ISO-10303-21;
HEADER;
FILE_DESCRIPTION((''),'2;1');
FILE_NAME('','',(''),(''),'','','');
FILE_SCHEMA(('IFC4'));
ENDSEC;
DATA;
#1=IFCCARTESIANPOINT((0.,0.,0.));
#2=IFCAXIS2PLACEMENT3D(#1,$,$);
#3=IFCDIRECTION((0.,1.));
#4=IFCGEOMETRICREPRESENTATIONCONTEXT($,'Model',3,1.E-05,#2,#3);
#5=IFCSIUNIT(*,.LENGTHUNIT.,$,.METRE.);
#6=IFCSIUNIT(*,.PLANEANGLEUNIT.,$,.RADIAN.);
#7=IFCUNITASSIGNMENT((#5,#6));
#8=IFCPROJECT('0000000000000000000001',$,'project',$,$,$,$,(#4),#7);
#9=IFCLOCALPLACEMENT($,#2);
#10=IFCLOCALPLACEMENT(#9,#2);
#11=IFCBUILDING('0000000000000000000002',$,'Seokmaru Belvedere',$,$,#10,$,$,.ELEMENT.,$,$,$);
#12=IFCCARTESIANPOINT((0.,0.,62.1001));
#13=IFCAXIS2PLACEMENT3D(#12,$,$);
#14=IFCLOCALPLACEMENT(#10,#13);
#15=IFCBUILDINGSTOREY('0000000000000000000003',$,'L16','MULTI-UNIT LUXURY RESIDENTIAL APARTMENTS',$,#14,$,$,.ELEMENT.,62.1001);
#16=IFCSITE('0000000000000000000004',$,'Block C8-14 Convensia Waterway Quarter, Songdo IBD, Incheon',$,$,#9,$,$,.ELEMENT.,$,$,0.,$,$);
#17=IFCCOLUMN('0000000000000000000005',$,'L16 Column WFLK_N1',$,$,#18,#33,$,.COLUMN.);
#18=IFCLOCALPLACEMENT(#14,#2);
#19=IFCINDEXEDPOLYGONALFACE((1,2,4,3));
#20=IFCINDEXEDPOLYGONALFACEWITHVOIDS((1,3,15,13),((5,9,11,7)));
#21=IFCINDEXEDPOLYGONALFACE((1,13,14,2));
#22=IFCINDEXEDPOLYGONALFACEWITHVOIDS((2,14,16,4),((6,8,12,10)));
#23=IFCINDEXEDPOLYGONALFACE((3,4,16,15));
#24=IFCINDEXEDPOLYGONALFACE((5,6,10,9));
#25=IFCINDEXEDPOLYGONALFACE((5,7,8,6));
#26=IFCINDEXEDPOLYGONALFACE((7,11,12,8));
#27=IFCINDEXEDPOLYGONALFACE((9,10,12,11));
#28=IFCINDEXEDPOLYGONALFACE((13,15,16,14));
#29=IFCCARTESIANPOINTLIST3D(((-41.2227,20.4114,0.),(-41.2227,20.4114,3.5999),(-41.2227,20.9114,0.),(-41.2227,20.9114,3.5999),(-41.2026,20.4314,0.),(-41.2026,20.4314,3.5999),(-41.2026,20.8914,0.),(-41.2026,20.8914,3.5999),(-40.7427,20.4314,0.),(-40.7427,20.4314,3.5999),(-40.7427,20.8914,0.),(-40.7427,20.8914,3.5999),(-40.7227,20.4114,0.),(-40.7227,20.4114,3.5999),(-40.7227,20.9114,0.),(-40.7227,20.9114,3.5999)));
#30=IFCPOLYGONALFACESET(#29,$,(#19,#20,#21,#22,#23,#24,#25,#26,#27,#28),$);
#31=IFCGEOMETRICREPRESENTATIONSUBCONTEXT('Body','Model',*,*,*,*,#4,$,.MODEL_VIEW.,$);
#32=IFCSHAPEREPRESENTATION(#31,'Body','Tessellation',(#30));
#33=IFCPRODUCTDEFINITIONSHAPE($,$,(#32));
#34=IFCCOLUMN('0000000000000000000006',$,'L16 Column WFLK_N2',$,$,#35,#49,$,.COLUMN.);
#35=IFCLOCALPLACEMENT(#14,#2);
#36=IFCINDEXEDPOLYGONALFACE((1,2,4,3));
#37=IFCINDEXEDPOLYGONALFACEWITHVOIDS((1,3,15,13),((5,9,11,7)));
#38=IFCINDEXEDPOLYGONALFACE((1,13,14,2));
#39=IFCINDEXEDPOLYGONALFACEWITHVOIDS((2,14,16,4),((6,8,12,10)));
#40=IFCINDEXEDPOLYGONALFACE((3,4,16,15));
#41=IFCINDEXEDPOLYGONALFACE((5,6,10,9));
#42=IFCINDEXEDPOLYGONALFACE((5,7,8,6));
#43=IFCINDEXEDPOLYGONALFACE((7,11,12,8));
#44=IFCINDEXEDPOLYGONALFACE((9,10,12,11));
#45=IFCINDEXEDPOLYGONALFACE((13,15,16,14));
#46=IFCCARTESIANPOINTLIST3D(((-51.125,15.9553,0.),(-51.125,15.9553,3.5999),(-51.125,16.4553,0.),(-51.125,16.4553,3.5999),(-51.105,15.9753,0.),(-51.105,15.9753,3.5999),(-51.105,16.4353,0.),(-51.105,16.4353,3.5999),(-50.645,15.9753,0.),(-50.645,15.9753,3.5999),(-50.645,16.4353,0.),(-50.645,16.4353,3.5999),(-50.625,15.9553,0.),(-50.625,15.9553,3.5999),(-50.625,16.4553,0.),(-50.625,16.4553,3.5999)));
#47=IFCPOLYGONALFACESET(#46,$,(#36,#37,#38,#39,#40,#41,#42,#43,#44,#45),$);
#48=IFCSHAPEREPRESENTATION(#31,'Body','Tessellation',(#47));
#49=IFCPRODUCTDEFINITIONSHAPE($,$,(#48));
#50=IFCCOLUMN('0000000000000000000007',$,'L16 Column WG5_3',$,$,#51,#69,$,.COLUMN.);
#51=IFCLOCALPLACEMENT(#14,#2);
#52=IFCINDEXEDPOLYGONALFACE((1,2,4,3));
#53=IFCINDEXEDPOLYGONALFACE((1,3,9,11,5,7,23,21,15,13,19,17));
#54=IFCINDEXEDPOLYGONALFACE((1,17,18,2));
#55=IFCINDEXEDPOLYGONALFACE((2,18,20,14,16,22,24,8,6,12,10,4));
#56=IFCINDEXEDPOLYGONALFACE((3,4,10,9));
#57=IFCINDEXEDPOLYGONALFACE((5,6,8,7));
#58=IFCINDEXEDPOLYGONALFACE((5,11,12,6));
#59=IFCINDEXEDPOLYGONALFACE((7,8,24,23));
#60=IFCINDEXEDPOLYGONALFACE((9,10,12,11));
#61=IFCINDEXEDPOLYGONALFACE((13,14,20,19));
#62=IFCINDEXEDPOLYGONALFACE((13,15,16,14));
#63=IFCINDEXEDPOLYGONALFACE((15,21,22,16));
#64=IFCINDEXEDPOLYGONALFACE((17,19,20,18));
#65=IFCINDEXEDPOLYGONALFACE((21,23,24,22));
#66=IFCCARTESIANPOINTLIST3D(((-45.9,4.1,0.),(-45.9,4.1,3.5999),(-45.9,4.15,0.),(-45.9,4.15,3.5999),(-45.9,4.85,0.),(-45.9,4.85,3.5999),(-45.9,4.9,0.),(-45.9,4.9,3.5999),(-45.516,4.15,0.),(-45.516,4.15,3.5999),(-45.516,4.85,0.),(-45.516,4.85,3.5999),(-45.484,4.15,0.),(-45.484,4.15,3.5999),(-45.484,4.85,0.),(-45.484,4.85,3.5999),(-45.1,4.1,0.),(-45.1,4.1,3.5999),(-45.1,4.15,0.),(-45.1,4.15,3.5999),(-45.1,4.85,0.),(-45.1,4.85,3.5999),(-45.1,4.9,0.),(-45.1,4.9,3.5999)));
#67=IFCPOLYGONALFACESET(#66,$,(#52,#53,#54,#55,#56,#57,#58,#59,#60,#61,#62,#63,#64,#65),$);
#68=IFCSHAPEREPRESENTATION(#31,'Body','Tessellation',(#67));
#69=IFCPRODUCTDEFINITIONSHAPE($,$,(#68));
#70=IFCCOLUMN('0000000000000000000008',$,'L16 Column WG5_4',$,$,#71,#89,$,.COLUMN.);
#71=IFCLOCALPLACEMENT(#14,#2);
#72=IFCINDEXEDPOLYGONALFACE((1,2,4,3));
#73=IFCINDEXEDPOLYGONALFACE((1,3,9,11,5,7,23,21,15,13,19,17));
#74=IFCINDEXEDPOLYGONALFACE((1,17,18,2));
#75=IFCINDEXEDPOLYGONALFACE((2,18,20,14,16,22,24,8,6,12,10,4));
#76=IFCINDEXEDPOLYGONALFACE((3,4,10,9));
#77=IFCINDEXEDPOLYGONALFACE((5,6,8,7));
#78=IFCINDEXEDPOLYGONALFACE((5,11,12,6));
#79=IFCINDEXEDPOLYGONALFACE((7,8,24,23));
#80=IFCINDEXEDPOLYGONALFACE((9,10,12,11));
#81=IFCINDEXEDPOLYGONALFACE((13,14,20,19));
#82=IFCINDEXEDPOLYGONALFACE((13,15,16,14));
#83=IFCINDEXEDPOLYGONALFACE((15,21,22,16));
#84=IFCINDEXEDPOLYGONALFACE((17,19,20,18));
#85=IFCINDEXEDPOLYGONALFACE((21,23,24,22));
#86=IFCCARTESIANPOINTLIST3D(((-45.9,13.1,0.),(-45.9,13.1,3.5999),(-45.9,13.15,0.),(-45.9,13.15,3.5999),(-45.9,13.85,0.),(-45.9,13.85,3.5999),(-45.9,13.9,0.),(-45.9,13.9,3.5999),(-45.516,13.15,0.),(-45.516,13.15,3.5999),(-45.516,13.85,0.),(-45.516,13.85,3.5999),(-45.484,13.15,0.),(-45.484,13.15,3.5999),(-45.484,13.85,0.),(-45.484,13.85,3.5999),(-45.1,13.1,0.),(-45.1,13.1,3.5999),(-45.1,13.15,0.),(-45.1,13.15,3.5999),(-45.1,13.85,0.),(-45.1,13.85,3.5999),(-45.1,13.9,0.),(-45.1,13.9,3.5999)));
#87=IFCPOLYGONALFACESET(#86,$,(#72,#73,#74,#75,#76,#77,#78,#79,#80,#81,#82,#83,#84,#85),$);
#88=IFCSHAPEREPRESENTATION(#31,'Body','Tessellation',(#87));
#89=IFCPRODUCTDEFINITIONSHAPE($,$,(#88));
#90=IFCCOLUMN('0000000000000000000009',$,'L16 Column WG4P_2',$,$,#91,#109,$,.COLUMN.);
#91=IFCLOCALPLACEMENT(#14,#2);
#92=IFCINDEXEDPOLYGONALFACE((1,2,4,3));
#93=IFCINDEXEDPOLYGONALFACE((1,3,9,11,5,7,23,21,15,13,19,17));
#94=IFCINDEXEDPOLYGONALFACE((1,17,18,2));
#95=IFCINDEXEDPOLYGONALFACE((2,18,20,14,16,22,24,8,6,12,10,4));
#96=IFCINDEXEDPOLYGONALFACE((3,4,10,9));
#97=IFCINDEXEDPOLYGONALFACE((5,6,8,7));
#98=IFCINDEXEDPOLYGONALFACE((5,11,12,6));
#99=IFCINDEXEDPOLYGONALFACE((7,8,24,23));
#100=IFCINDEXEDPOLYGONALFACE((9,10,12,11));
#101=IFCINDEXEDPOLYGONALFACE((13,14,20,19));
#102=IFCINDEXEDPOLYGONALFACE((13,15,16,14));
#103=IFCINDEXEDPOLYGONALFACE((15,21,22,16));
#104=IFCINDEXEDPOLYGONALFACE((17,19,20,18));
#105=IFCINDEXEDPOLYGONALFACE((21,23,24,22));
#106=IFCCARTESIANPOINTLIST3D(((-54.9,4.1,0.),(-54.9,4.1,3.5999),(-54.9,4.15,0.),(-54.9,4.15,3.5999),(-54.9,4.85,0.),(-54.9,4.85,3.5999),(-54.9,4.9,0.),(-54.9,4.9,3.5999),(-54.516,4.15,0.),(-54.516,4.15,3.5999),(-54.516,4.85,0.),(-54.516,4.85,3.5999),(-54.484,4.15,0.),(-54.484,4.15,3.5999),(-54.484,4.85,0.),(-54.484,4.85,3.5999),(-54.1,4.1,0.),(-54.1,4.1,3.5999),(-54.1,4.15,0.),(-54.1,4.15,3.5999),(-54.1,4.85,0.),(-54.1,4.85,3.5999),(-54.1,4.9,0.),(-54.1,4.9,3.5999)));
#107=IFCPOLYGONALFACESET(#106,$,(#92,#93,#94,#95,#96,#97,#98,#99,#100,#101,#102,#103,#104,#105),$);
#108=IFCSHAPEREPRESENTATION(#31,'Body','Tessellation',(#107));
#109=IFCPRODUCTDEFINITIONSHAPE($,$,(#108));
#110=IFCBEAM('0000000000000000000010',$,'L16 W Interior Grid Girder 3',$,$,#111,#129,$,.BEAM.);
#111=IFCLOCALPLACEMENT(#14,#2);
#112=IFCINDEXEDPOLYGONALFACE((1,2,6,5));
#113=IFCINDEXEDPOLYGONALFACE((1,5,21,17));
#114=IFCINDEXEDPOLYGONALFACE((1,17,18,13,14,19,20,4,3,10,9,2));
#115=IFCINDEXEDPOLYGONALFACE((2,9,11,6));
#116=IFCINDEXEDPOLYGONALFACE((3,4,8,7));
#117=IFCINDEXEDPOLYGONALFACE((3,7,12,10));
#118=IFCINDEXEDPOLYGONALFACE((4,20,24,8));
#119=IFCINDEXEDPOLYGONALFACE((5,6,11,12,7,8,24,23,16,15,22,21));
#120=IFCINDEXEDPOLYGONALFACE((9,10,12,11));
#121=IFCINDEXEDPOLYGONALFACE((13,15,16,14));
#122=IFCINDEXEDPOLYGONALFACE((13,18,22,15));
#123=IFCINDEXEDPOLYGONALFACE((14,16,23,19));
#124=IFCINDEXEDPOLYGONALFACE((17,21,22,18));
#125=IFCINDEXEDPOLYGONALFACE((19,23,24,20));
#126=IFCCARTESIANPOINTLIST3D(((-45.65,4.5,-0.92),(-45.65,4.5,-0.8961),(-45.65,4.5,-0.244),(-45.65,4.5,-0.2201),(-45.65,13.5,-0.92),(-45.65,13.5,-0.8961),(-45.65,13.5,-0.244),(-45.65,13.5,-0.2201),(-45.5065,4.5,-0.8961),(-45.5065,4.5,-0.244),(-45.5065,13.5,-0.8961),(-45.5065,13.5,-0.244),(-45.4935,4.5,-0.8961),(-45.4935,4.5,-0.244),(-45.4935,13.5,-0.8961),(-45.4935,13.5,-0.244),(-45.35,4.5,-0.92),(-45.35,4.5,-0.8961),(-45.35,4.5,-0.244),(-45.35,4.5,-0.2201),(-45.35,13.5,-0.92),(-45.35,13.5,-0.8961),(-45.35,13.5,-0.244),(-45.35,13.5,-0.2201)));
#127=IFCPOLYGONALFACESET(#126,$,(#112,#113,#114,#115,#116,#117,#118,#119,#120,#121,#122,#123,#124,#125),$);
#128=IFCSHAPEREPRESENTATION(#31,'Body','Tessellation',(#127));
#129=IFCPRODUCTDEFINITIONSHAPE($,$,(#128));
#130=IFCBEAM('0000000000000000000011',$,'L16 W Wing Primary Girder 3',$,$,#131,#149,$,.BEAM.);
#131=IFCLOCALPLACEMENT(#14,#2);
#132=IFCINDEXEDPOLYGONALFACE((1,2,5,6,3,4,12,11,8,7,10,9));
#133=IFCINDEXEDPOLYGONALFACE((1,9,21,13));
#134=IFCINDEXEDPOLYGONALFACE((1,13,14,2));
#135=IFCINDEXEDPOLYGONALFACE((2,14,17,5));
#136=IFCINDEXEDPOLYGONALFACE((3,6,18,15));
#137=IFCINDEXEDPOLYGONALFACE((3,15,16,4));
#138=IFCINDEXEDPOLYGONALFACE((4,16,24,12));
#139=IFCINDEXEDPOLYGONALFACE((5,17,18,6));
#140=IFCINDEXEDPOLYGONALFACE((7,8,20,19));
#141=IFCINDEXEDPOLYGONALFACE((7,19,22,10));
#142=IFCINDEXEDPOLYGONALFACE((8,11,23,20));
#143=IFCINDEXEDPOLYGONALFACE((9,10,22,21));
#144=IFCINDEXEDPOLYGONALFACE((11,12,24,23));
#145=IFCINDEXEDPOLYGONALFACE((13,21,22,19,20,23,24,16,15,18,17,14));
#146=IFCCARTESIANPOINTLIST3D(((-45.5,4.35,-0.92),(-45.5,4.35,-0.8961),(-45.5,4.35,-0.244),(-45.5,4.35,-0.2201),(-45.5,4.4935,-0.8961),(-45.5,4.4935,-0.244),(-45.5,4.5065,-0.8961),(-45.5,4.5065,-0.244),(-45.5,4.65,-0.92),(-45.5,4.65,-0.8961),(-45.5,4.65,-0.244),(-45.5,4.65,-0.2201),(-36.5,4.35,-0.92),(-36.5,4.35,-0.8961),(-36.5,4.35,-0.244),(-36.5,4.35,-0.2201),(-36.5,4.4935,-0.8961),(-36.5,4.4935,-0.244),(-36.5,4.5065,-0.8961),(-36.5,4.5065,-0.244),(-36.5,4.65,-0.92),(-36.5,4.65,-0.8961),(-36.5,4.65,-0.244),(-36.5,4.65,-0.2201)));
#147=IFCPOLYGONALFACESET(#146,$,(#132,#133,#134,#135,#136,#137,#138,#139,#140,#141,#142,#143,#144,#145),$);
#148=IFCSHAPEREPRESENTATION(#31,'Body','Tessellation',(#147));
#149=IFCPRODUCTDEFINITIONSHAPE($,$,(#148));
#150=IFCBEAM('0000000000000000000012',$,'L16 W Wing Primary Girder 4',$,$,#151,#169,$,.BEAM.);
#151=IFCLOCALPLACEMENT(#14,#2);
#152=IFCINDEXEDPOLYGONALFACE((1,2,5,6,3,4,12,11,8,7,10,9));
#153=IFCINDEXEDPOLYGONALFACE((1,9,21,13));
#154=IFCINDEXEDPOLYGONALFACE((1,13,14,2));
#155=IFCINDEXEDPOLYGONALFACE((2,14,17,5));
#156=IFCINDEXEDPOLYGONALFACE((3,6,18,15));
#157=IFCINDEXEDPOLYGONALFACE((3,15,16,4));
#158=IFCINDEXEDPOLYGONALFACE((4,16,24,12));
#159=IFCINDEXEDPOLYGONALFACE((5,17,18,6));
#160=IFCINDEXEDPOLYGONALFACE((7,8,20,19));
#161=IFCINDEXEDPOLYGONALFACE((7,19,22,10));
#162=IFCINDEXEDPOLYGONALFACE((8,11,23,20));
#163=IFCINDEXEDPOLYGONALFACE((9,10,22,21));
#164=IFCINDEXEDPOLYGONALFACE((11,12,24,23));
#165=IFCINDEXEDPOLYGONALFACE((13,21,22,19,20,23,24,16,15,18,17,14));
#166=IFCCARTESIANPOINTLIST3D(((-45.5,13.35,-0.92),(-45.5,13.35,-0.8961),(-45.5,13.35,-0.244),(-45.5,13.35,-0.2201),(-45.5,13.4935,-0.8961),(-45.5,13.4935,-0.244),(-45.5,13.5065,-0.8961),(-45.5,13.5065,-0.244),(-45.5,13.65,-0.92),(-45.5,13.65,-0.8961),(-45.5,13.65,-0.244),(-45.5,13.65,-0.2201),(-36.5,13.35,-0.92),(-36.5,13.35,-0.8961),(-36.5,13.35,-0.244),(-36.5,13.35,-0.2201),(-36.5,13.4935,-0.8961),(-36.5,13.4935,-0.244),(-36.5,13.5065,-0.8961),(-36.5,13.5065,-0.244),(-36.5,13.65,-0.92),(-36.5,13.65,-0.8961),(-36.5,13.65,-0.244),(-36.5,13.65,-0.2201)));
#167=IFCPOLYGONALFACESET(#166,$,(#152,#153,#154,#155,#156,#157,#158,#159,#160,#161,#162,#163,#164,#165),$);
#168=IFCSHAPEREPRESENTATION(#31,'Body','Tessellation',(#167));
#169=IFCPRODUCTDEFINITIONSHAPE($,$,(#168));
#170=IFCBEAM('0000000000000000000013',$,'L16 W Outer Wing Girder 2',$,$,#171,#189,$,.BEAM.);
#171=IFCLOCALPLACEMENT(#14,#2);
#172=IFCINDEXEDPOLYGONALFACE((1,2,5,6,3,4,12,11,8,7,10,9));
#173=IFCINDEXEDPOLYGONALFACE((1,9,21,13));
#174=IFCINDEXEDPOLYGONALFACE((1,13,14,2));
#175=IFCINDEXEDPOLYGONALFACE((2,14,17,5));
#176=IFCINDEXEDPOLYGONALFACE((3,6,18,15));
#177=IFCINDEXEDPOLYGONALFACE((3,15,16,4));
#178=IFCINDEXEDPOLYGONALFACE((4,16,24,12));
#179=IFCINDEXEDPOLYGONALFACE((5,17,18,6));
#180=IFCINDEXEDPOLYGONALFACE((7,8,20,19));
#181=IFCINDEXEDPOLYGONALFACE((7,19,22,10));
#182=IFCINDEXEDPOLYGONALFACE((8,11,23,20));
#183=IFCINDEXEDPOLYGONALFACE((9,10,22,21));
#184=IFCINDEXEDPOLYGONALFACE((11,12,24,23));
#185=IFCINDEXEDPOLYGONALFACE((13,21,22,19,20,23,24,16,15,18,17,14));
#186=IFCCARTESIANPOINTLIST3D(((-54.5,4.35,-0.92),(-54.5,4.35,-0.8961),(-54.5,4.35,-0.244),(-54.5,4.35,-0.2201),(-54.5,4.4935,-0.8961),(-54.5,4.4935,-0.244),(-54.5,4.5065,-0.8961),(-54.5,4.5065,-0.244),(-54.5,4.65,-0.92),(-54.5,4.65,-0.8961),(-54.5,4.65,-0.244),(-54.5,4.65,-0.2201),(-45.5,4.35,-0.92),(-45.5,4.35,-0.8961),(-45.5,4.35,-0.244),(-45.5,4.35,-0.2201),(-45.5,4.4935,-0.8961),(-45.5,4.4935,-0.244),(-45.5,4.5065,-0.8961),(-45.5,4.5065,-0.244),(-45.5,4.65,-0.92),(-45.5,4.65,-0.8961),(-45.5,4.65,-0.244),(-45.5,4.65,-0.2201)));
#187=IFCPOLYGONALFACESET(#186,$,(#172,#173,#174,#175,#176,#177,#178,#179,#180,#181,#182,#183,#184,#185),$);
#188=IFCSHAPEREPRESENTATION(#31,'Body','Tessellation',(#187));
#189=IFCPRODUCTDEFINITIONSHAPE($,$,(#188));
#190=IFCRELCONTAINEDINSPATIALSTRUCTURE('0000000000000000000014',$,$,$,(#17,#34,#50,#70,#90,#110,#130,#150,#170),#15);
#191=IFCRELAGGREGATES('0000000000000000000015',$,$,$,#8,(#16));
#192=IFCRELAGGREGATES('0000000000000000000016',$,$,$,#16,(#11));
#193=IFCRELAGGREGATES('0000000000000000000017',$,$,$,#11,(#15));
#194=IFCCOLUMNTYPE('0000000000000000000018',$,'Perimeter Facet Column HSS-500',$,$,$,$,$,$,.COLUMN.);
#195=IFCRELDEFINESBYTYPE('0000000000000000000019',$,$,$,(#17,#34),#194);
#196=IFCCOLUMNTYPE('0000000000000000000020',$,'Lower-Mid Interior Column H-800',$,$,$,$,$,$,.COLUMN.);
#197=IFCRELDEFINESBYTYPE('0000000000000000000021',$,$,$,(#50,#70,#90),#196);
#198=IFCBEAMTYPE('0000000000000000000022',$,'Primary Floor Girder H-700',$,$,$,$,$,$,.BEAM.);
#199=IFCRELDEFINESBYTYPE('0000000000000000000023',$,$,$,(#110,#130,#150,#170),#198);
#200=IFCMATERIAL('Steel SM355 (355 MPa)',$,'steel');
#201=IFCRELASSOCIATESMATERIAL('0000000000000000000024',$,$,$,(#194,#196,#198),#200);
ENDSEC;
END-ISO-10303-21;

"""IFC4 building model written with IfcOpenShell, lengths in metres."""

from ifc_helpers import new_model, si_unit, direction, frame, origin, origin_2d, place, context, subcontext, project, spatial, hollow_rectangle, i_section, extrude, source, transform, mapped, material, material_profile, profile_set, type_object, type_shapes, element, save


model = new_model("IFC4")

# Units and contexts
model_context = context("Model", 3, precision=1e-05, world=origin(), true_north=direction((0.0, 1.0)))
body_context = subcontext(model_context, "Body", "Model", "MODEL_VIEW")
ifc_project = project(units=[si_unit("LENGTHUNIT", "METRE"), si_unit("PLANEANGLEUNIT", "RADIAN")], contexts=[model_context])

# Site, building, storey
site_placement = place(None, origin())
site = spatial("IfcSite", under=ifc_project, at=site_placement, Name="Block C8-14 Convensia Waterway Quarter, Songdo IBD, Incheon", CompositionType="ELEMENT", RefElevation=0.0)
building_placement = place(site_placement, origin())
building = spatial("IfcBuilding", under=site, at=building_placement, Name="Seokmaru Belvedere", CompositionType="ELEMENT")
storey_placement = place(building_placement, frame((0.0, 0.0, 62.1001)))
storey = spatial("IfcBuildingStorey", under=building, at=storey_placement, Name="L16", Description="MULTI-UNIT LUXURY RESIDENTIAL APARTMENTS", CompositionType="ELEMENT", Elevation=62.1001)

# Columns
ifc_material_1 = material(Name="Steel SM355 (355 MPa)", Category="steel")
ifc_material_profile_1 = material_profile(ifc_material_1, hollow_rectangle(XDim=0.5, YDim=0.5, WallThickness=0.02, at=origin_2d()), Name="HSS-500x500x20")
ifc_profile_set_1 = profile_set([ifc_material_profile_1], Name="Steel SM355 (355 MPa)")
column_type_1 = type_object("IfcColumnType", Name="Perimeter Facet Column HSS-500", PredefinedType="COLUMN", material=ifc_profile_set_1)
shared_shape_1 = source(origin(), body_context, "Body", "SweptSolid", [
    extrude(hollow_rectangle(XDim=0.5, YDim=0.5, WallThickness=0.02, at=origin_2d()), origin(), (0.0, 0.0, 1.0), 3.5999),
])
type_shapes(column_type_1, [shared_shape_1])
for number, where, z_axis, x_axis, name in (
    (1, (-40.9727, 20.6614, 0.0), (0.0, 0.0, 1.0), (1.0, 0.0, 0.0), "L16 Column WFLK_N1"),
    (2, (-50.875, 16.2053, 0.0), (0.0, 0.0, 1.0), (1.0, 0.0, 0.0), "L16 Column WFLK_N2"),
):
    element("IfcColumn", number, at=place(storey_placement, frame(where, z_axis=z_axis, x_axis=x_axis)), inside=storey, type_object=column_type_1, Name=name, PredefinedType="COLUMN", context=body_context, shape_type="MappedRepresentation", body=[
        mapped(shared_shape_1, transform((0.0, 0.0, 0.0), scale=1.0)),
    ])
ifc_material_profile_2 = material_profile(ifc_material_1, i_section(OverallWidth=0.8, OverallDepth=0.8, WebThickness=0.032, FlangeThickness=0.05, at=origin_2d()), Name="H-800x800x32x50")
ifc_profile_set_2 = profile_set([ifc_material_profile_2], Name="Steel SM355 (355 MPa)")
column_type_2 = type_object("IfcColumnType", Name="Lower-Mid Interior Column H-800", PredefinedType="COLUMN", material=ifc_profile_set_2)
shared_shape_2 = source(origin(), body_context, "Body", "SweptSolid", [
    extrude(i_section(OverallWidth=0.8, OverallDepth=0.8, WebThickness=0.032, FlangeThickness=0.05, at=origin_2d()), origin(), (0.0, 0.0, 1.0), 3.5999),
])
type_shapes(column_type_2, [shared_shape_2])
for number, where, z_axis, x_axis, name in (
    (3, (-45.5, 4.5, 0.0), (0.0, 0.0, 1.0), (1.0, 0.0, 0.0), "L16 Column WG5_3"),
    (4, (-45.5, 13.5, 0.0), (0.0, 0.0, 1.0), (1.0, 0.0, 0.0), "L16 Column WG5_4"),
    (5, (-54.5, 4.5, 0.0), (0.0, 0.0, 1.0), (1.0, 0.0, 0.0), "L16 Column WG4P_2"),
):
    element("IfcColumn", number, at=place(storey_placement, frame(where, z_axis=z_axis, x_axis=x_axis)), inside=storey, type_object=column_type_2, Name=name, PredefinedType="COLUMN", context=body_context, shape_type="MappedRepresentation", body=[
        mapped(shared_shape_2, transform((0.0, 0.0, 0.0), scale=1.0)),
    ])

# Beams
ifc_material_profile_3 = material_profile(ifc_material_1, i_section(OverallWidth=0.3, OverallDepth=0.7, WebThickness=0.0129, FlangeThickness=0.0239, at=origin_2d()), Name="H-700x300x13x24")
ifc_profile_set_3 = profile_set([ifc_material_profile_3], Name="Steel SM355 (355 MPa)")
beam_type_1 = type_object("IfcBeamType", Name="Primary Floor Girder H-700", PredefinedType="BEAM", material=ifc_profile_set_3)
shared_shape_3 = source(origin(), body_context, "Body", "SweptSolid", [
    extrude(i_section(OverallWidth=0.3, OverallDepth=0.7, WebThickness=0.0129, FlangeThickness=0.0239, at=origin_2d()), origin(), (0.0, 0.0, 1.0), 9.0),
])
for number, where, z_axis, x_axis, name in (
    (6, (-45.5, 4.5, -0.5701), (0.0, 1.0, 0.0), (-1.0, 0.0, 0.0), "L16 W Interior Grid Girder 3"),
    (7, (-45.5, 4.5, -0.5701), (1.0, 0.0, 0.0), (0.0, 1.0, 0.0), "L16 W Wing Primary Girder 3"),
    (8, (-45.5, 13.5, -0.5701), (1.0, 0.0, 0.0), (0.0, 1.0, 0.0), "L16 W Wing Primary Girder 4"),
    (9, (-54.5, 4.5, -0.5701), (1.0, 0.0, 0.0), (0.0, 1.0, 0.0), "L16 W Outer Wing Girder 2"),
):
    element("IfcBeam", number, at=place(storey_placement, frame(where, z_axis=z_axis, x_axis=x_axis)), inside=storey, type_object=beam_type_1, Name=name, PredefinedType="BEAM", context=body_context, shape_type="MappedRepresentation", body=[
        mapped(shared_shape_3, transform((0.0, 0.0, 0.0), scale=1.0)),
    ])

save(model, "model.ifc")
